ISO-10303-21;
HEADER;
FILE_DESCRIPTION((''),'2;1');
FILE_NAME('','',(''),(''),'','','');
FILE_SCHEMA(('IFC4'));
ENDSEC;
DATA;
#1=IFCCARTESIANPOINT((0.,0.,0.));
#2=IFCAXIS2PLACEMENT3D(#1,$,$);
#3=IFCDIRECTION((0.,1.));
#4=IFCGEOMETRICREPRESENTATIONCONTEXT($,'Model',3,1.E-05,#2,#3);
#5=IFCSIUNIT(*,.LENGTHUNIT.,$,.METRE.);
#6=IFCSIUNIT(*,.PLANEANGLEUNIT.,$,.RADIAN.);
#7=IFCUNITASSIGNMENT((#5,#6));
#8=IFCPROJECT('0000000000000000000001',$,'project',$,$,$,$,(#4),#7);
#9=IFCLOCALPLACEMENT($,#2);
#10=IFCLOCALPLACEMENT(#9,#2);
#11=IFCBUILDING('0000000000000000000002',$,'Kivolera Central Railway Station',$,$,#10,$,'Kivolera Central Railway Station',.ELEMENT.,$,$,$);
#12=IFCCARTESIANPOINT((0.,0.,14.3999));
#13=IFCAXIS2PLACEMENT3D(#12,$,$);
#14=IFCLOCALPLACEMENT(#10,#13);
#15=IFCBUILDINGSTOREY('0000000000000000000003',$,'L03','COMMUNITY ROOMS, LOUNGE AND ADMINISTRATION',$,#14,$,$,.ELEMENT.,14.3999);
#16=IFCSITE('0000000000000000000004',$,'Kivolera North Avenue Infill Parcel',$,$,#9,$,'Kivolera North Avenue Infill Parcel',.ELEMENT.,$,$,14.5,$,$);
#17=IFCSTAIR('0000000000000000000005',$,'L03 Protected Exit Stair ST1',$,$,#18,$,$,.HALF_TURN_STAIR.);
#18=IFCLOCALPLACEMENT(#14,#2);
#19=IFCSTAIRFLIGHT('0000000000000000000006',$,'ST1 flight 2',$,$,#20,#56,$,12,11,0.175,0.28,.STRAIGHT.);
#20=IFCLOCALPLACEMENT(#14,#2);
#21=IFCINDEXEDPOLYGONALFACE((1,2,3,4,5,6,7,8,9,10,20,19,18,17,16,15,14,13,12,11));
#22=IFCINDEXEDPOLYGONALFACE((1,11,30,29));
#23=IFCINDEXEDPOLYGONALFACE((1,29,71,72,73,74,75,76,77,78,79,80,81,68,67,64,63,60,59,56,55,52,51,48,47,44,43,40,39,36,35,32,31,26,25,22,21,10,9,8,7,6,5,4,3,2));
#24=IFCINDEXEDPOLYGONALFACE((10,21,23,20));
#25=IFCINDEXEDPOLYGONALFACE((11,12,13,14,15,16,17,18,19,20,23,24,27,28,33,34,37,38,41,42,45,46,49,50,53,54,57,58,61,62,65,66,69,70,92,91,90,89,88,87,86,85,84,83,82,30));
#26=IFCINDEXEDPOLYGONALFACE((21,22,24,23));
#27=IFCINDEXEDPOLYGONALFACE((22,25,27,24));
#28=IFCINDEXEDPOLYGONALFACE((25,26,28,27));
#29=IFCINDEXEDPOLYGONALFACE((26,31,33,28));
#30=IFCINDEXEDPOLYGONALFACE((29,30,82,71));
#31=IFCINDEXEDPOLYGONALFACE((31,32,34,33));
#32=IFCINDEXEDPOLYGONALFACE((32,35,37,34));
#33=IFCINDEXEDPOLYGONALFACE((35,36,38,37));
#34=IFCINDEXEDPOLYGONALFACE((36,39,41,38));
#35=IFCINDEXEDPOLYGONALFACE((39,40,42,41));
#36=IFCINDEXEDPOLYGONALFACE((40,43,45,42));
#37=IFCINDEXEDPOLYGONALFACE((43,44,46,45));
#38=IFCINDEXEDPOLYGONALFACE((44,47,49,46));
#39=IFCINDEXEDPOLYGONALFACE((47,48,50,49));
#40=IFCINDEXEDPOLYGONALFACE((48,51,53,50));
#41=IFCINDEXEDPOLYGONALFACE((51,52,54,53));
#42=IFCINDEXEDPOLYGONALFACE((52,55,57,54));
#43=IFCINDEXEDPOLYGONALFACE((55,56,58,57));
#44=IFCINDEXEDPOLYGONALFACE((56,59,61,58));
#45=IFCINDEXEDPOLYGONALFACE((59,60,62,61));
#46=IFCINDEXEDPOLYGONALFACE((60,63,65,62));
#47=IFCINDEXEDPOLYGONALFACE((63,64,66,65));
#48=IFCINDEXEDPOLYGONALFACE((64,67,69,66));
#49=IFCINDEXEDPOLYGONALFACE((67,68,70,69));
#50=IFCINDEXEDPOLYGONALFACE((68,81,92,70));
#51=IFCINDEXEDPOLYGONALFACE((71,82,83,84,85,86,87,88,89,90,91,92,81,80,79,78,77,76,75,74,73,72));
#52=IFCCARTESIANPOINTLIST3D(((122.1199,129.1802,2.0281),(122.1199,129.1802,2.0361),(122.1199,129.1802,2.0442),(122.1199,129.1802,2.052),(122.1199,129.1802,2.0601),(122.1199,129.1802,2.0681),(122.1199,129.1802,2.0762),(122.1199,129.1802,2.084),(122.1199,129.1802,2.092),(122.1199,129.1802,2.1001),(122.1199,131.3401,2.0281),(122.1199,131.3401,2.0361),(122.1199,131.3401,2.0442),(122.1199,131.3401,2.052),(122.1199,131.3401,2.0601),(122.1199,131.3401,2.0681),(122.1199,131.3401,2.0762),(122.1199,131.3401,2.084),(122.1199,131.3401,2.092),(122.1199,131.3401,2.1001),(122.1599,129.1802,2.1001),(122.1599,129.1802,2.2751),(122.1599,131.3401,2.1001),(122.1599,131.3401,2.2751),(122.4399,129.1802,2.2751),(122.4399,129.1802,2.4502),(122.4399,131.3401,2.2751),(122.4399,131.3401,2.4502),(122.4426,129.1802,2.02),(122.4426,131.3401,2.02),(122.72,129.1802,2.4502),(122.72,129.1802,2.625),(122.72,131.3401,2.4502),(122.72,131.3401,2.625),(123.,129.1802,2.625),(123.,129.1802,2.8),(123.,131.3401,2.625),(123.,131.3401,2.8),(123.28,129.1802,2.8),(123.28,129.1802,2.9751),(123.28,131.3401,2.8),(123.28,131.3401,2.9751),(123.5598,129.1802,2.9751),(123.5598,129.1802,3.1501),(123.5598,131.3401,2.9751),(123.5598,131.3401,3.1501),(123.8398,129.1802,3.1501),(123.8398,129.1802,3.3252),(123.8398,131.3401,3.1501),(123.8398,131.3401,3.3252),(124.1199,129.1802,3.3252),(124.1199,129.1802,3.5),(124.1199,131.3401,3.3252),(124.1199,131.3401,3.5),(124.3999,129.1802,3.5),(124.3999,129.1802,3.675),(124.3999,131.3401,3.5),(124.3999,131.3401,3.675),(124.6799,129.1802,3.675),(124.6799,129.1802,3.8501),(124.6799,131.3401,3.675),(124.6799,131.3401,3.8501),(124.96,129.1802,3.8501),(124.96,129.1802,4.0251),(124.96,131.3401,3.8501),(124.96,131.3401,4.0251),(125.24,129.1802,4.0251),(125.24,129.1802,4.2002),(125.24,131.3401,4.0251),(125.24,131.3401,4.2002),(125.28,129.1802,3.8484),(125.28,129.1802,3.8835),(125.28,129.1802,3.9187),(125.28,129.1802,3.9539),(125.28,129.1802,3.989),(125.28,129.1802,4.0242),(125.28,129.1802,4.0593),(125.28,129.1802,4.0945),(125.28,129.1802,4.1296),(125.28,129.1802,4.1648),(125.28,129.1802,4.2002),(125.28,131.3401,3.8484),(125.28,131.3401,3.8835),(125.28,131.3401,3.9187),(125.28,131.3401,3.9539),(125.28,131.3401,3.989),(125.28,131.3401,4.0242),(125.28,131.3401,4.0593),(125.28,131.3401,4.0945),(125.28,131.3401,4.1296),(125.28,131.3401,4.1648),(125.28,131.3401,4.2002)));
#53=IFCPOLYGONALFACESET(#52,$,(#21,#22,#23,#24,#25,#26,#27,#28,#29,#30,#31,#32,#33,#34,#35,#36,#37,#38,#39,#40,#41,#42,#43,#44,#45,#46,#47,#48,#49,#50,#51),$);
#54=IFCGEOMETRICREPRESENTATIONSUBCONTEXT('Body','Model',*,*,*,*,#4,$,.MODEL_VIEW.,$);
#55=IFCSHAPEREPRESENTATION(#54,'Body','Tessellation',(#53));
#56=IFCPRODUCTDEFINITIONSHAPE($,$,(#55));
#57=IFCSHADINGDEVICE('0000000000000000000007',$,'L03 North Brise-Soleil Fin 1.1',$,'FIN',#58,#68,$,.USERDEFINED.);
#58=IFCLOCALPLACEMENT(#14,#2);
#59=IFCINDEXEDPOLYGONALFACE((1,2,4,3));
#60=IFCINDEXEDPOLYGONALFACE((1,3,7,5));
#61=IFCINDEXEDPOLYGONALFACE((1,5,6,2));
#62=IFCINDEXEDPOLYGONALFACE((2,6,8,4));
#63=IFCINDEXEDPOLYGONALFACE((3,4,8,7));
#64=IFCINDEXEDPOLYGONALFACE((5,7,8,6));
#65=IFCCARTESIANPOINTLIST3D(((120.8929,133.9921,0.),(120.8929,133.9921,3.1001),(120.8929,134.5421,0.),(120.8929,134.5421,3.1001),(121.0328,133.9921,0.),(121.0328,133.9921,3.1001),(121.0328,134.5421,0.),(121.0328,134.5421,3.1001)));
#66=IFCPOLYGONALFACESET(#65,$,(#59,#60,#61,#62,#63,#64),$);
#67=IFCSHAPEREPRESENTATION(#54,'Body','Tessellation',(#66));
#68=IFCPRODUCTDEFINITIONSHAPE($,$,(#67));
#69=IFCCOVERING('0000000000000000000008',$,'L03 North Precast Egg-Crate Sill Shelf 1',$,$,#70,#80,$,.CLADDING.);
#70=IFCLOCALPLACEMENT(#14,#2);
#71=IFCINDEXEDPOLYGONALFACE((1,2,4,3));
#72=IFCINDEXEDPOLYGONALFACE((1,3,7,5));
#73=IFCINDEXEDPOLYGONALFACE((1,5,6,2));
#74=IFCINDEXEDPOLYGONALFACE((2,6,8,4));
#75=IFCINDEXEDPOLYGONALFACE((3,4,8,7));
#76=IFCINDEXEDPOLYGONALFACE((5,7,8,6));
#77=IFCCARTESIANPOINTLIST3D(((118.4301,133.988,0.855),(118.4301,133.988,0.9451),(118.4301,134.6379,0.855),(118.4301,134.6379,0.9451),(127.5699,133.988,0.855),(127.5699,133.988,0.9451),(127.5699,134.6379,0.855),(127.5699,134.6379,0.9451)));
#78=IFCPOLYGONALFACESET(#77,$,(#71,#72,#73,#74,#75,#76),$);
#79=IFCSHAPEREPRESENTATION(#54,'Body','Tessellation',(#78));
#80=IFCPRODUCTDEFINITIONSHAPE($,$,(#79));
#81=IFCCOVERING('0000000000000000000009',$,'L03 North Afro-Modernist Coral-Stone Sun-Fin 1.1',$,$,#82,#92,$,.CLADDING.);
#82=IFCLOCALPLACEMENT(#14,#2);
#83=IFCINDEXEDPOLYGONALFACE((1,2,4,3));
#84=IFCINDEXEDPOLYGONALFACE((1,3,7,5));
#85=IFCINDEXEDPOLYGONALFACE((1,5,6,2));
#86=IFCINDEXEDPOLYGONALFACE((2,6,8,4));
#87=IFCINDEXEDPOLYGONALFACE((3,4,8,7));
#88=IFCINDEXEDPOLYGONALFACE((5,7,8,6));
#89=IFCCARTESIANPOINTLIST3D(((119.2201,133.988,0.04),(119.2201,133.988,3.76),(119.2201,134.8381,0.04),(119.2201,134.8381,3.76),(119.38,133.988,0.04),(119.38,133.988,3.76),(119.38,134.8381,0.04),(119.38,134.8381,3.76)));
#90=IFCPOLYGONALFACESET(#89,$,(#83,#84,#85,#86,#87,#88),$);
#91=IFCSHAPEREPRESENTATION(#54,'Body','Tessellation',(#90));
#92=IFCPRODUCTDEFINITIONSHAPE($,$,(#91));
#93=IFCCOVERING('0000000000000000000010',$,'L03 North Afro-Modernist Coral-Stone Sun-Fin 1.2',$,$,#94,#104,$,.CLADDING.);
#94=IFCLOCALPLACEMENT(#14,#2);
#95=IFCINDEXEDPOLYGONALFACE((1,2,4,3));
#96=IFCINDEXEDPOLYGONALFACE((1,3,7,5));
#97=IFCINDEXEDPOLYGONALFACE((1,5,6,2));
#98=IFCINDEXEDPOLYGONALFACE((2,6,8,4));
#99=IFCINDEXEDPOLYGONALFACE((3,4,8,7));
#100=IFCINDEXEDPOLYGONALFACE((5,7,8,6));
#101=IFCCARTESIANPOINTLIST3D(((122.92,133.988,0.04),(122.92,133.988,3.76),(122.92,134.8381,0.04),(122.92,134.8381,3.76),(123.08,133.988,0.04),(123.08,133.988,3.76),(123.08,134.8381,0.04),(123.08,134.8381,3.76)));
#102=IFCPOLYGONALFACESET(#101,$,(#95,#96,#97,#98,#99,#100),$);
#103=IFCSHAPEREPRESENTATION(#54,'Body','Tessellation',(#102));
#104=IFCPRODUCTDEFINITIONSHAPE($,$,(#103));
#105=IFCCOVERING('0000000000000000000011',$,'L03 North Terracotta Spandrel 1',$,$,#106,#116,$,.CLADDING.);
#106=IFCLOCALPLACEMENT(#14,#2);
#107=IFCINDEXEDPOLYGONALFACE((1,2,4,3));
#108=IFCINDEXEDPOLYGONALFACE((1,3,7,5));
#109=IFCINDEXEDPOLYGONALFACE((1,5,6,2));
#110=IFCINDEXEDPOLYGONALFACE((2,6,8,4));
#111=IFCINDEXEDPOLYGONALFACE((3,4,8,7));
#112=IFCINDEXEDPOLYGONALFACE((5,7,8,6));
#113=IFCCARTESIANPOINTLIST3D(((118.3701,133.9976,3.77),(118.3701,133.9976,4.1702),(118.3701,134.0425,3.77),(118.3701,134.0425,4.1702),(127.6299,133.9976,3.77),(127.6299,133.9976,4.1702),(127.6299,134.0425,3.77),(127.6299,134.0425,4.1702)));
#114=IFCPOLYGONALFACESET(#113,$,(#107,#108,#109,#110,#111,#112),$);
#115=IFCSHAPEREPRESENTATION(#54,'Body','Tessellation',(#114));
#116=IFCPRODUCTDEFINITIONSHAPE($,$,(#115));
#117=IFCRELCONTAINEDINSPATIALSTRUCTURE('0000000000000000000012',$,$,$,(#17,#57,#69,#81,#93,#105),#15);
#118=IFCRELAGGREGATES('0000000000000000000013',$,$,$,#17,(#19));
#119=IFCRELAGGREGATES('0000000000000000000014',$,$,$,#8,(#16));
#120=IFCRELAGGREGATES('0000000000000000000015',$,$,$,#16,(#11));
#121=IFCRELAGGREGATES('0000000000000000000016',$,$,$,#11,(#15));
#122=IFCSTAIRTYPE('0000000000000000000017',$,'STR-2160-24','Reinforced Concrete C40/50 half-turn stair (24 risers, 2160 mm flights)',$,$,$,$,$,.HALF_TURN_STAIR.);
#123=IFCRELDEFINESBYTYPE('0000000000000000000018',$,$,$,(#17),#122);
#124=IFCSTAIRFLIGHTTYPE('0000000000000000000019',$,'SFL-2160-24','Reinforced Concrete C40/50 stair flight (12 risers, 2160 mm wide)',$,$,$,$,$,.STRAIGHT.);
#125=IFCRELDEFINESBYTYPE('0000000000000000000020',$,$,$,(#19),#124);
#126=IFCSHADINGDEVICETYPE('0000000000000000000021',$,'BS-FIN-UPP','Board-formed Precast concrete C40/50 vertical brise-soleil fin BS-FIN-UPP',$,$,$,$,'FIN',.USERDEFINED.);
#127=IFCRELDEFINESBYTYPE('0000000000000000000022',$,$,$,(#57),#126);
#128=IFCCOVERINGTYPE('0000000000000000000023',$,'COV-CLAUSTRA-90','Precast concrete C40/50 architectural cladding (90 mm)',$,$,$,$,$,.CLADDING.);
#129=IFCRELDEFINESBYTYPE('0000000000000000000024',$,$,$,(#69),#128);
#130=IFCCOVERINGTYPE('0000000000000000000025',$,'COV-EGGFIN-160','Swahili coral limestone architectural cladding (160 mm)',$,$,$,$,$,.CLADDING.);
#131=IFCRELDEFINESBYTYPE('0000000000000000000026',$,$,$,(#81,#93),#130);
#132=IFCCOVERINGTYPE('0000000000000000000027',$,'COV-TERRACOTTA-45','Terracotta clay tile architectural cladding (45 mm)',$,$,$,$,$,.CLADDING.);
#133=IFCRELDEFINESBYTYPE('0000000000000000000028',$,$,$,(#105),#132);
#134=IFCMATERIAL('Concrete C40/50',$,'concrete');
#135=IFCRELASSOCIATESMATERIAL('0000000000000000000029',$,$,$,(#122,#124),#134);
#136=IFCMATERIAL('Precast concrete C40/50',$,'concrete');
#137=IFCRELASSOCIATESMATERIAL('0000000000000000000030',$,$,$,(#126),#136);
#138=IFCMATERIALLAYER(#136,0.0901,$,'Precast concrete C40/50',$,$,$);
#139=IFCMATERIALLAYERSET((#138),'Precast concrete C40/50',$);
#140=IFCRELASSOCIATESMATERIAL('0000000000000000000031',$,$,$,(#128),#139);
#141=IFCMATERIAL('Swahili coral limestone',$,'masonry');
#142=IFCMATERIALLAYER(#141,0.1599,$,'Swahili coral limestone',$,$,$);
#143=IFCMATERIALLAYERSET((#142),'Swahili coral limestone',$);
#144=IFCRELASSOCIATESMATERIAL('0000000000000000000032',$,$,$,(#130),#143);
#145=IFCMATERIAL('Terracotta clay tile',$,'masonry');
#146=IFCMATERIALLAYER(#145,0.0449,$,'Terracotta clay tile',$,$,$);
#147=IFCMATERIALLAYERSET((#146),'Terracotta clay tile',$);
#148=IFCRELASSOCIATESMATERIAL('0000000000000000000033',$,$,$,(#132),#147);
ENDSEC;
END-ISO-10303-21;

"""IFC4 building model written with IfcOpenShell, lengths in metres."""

from ifc_helpers import new_model, si_unit, direction, frame, frame_2d, origin, origin_2d, place, context, subcontext, project, spatial, polyline, rectangle, outline, extrude, material, layer, layer_set, type_object, element, aggregate, save


model = new_model("IFC4")

# Units and contexts
model_context = context("Model", 3, precision=1e-05, world=origin(), true_north=direction((0.0, 1.0)))
body_context = subcontext(model_context, "Body", "Model", "MODEL_VIEW")
ifc_project = project(units=[si_unit("LENGTHUNIT", "METRE"), si_unit("PLANEANGLEUNIT", "RADIAN")], contexts=[model_context])

# Site, building, storey
site_placement = place(None, origin())
site = spatial("IfcSite", under=ifc_project, at=site_placement, Name="Kivolera North Avenue Infill Parcel", LongName="Kivolera North Avenue Infill Parcel", CompositionType="ELEMENT", RefElevation=14.5)
building_placement = place(site_placement, origin())
building = spatial("IfcBuilding", under=site, at=building_placement, Name="Kivolera Central Railway Station", LongName="Kivolera Central Railway Station", CompositionType="ELEMENT")
storey_placement = place(building_placement, frame((0.0, 0.0, 14.3999)))
storey = spatial("IfcBuildingStorey", under=building, at=storey_placement, Name="L03", Description="COMMUNITY ROOMS, LOUNGE AND ADMINISTRATION", CompositionType="ELEMENT", Elevation=14.3999)

# Shared definitions
ifc_material_1 = material(Name="Concrete C40/50", Category="concrete")

# Shared definitions
ifc_material_2 = material(Name="Swahili coral limestone", Category="masonry")

# Stair, stair flight
stair_type = type_object("IfcStairType", Name="STR-2160-24", Description="Reinforced Concrete C40/50 half-turn stair (24 risers, 2160 mm flights)", PredefinedType="HALF_TURN_STAIR", material=ifc_material_1)
stair_placement = place(storey_placement, origin())
stair = element("IfcStair", 1, at=stair_placement, inside=storey, type_object=stair_type, Name="L03 Protected Exit Stair ST1", PredefinedType="HALF_TURN_STAIR")
stair_flight_type = type_object("IfcStairFlightType", Name="SFL-2160-24", Description="Reinforced Concrete C40/50 stair flight (12 risers, 2160 mm wide)", PredefinedType="STRAIGHT", material=ifc_material_1)
stair_flight_placement = place(storey_placement, frame((122.1599, 130.26, 2.1001), z_axis=(0.0, 0.0, 1.0), x_axis=(1.0, 0.0, 0.0)))
stair_flight = element("IfcStairFlight", 2, at=stair_flight_placement, type_object=stair_flight_type, Name="ST1 flight 2", NumberOfRisers=12, NumberOfTreads=11, PredefinedType="STRAIGHT", RiserHeight=0.175, TreadLength=0.28, context=body_context, shape_type="SweptSolid", body=[
    extrude(outline(polyline([(-0.04, 0.0), (0.0, 0.0), (0.0, 0.175), (0.28, 0.175), (0.28, 0.3501), (0.5601, 0.3501), (0.5601, 0.5249), (0.8401, 0.5249), (0.8401, 0.7), (1.1201, 0.7), (1.1201, 0.875), (1.3999, 0.875), (1.3999, 1.05), (1.6799, 1.05), (1.6799, 1.2251), (1.96, 1.2251), (1.96, 1.3999), (2.24, 1.3999), (2.24, 1.575), (2.52, 1.575), (2.52, 1.75), (2.8, 1.75), (2.8, 1.925), (3.0801, 1.925), (3.0801, 2.1001), (3.1201, 2.1001), (3.1201, 2.0647), (3.1201, 2.0295), (3.1201, 1.9944), (3.1201, 1.9592), (3.1201, 1.9241), (3.1201, 1.8889), (3.1201, 1.8538), (3.1201, 1.8186), (3.1201, 1.7834), (3.1201, 1.7483), (0.2827, -0.0801), (-0.04, -0.072), (-0.04, -0.064), (-0.04, -0.0559), (-0.04, -0.0481), (-0.04, -0.04), (-0.04, -0.032), (-0.04, -0.0239), (-0.04, -0.0161), (-0.04, -0.0081), (-0.04, 0.0)])), frame((0.0, 1.0801, 0.0), z_axis=(0.0, -1.0, 0.0), x_axis=(1.0, 0.0, 0.0)), (0.0, 0.0, 1.0), 2.1599),
])
aggregate(stair, [stair_flight])

# Shading device
ifc_material_3 = material(Name="Precast concrete C40/50", Category="concrete")
shading_device_type = type_object("IfcShadingDeviceType", Name="BS-FIN-UPP", Description="Board-formed Precast concrete C40/50 vertical brise-soleil fin BS-FIN-UPP", ElementType="FIN", PredefinedType="USERDEFINED", material=ifc_material_3)
shading_device_placement = place(storey_placement, frame((120.9629, 134.2671, 0.0), z_axis=(0.0, 0.0, 1.0), x_axis=(1.0, 0.0, 0.0)))
element("IfcShadingDevice", 3, at=shading_device_placement, inside=storey, type_object=shading_device_type, Name="L03 North Brise-Soleil Fin 1.1", ObjectType="FIN", PredefinedType="USERDEFINED", context=body_context, shape_type="SweptSolid", body=[
    extrude(rectangle(XDim=0.1399, YDim=0.55, at=origin_2d()), origin(), (0.0, 0.0, 1.0), 3.1001),
])

# Coverings
ifc_layer_1 = layer(ifc_material_3, 0.0901, Name="Precast concrete C40/50")
ifc_layer_set_1 = layer_set([ifc_layer_1], Name="Precast concrete C40/50")
covering_type_1 = type_object("IfcCoveringType", Name="COV-CLAUSTRA-90", Description="Precast concrete C40/50 architectural cladding (90 mm)", PredefinedType="CLADDING", material=ifc_layer_set_1)
covering_1_placement = place(storey_placement, frame((123.0, 134.313, 0.855), z_axis=(0.0, 0.0, 1.0), x_axis=(1.0, 0.0, 0.0)))
element("IfcCovering", 4, at=covering_1_placement, inside=storey, type_object=covering_type_1, Name="L03 North Precast Egg-Crate Sill Shelf 1", PredefinedType="CLADDING", context=body_context, shape_type="SweptSolid", body=[
    extrude(rectangle(XDim=9.1399, YDim=0.6499, at=origin_2d()), origin(), (0.0, 0.0, 1.0), 0.0901),
])
ifc_layer_2 = layer(ifc_material_2, 0.1599, Name="Swahili coral limestone")
ifc_layer_set_2 = layer_set([ifc_layer_2], Name="Swahili coral limestone")
covering_type_2 = type_object("IfcCoveringType", Name="COV-EGGFIN-160", Description="Swahili coral limestone architectural cladding (160 mm)", PredefinedType="CLADDING", material=ifc_layer_set_2)
for number, where, z_axis, x_axis, name in (
    (5, (119.3, 134.4131, 0.04), (0.0, 0.0, 1.0), (1.0, 0.0, 0.0), "L03 North Afro-Modernist Coral-Stone Sun-Fin 1.1"),
    (6, (123.0, 134.4131, 0.04), (0.0, 0.0, 1.0), (1.0, 0.0, 0.0), "L03 North Afro-Modernist Coral-Stone Sun-Fin 1.2"),
):
    element("IfcCovering", number, at=place(storey_placement, frame(where, z_axis=z_axis, x_axis=x_axis)), inside=storey, type_object=covering_type_2, Name=name, PredefinedType="CLADDING", context=body_context, shape_type="SweptSolid", body=[
        extrude(rectangle(XDim=0.1599, YDim=0.8501, at=origin_2d()), origin(), (0.0, 0.0, 1.0), 3.72),
    ])
ifc_material_4 = material(Name="Terracotta clay tile", Category="masonry")
ifc_layer_3 = layer(ifc_material_4, 0.0449, Name="Terracotta clay tile")
ifc_layer_set_3 = layer_set([ifc_layer_3], Name="Terracotta clay tile")
covering_type_3 = type_object("IfcCoveringType", Name="COV-TERRACOTTA-45", Description="Terracotta clay tile architectural cladding (45 mm)", PredefinedType="CLADDING", material=ifc_layer_set_3)
covering_2_placement = place(storey_placement, frame((118.3701, 134.02, 3.77), z_axis=(0.0, 0.0, 1.0), x_axis=(1.0, 0.0, 0.0)))
element("IfcCovering", 7, at=covering_2_placement, inside=storey, type_object=covering_type_3, Name="L03 North Terracotta Spandrel 1", PredefinedType="CLADDING", context=body_context, shape_type="SweptSolid", body=[
    extrude(rectangle(XDim=9.2598, YDim=0.0449, at=frame_2d((4.6299, 0.0))), origin(), (0.0, 0.0, 1.0), 0.4001),
])

save(model, "model.ifc")
